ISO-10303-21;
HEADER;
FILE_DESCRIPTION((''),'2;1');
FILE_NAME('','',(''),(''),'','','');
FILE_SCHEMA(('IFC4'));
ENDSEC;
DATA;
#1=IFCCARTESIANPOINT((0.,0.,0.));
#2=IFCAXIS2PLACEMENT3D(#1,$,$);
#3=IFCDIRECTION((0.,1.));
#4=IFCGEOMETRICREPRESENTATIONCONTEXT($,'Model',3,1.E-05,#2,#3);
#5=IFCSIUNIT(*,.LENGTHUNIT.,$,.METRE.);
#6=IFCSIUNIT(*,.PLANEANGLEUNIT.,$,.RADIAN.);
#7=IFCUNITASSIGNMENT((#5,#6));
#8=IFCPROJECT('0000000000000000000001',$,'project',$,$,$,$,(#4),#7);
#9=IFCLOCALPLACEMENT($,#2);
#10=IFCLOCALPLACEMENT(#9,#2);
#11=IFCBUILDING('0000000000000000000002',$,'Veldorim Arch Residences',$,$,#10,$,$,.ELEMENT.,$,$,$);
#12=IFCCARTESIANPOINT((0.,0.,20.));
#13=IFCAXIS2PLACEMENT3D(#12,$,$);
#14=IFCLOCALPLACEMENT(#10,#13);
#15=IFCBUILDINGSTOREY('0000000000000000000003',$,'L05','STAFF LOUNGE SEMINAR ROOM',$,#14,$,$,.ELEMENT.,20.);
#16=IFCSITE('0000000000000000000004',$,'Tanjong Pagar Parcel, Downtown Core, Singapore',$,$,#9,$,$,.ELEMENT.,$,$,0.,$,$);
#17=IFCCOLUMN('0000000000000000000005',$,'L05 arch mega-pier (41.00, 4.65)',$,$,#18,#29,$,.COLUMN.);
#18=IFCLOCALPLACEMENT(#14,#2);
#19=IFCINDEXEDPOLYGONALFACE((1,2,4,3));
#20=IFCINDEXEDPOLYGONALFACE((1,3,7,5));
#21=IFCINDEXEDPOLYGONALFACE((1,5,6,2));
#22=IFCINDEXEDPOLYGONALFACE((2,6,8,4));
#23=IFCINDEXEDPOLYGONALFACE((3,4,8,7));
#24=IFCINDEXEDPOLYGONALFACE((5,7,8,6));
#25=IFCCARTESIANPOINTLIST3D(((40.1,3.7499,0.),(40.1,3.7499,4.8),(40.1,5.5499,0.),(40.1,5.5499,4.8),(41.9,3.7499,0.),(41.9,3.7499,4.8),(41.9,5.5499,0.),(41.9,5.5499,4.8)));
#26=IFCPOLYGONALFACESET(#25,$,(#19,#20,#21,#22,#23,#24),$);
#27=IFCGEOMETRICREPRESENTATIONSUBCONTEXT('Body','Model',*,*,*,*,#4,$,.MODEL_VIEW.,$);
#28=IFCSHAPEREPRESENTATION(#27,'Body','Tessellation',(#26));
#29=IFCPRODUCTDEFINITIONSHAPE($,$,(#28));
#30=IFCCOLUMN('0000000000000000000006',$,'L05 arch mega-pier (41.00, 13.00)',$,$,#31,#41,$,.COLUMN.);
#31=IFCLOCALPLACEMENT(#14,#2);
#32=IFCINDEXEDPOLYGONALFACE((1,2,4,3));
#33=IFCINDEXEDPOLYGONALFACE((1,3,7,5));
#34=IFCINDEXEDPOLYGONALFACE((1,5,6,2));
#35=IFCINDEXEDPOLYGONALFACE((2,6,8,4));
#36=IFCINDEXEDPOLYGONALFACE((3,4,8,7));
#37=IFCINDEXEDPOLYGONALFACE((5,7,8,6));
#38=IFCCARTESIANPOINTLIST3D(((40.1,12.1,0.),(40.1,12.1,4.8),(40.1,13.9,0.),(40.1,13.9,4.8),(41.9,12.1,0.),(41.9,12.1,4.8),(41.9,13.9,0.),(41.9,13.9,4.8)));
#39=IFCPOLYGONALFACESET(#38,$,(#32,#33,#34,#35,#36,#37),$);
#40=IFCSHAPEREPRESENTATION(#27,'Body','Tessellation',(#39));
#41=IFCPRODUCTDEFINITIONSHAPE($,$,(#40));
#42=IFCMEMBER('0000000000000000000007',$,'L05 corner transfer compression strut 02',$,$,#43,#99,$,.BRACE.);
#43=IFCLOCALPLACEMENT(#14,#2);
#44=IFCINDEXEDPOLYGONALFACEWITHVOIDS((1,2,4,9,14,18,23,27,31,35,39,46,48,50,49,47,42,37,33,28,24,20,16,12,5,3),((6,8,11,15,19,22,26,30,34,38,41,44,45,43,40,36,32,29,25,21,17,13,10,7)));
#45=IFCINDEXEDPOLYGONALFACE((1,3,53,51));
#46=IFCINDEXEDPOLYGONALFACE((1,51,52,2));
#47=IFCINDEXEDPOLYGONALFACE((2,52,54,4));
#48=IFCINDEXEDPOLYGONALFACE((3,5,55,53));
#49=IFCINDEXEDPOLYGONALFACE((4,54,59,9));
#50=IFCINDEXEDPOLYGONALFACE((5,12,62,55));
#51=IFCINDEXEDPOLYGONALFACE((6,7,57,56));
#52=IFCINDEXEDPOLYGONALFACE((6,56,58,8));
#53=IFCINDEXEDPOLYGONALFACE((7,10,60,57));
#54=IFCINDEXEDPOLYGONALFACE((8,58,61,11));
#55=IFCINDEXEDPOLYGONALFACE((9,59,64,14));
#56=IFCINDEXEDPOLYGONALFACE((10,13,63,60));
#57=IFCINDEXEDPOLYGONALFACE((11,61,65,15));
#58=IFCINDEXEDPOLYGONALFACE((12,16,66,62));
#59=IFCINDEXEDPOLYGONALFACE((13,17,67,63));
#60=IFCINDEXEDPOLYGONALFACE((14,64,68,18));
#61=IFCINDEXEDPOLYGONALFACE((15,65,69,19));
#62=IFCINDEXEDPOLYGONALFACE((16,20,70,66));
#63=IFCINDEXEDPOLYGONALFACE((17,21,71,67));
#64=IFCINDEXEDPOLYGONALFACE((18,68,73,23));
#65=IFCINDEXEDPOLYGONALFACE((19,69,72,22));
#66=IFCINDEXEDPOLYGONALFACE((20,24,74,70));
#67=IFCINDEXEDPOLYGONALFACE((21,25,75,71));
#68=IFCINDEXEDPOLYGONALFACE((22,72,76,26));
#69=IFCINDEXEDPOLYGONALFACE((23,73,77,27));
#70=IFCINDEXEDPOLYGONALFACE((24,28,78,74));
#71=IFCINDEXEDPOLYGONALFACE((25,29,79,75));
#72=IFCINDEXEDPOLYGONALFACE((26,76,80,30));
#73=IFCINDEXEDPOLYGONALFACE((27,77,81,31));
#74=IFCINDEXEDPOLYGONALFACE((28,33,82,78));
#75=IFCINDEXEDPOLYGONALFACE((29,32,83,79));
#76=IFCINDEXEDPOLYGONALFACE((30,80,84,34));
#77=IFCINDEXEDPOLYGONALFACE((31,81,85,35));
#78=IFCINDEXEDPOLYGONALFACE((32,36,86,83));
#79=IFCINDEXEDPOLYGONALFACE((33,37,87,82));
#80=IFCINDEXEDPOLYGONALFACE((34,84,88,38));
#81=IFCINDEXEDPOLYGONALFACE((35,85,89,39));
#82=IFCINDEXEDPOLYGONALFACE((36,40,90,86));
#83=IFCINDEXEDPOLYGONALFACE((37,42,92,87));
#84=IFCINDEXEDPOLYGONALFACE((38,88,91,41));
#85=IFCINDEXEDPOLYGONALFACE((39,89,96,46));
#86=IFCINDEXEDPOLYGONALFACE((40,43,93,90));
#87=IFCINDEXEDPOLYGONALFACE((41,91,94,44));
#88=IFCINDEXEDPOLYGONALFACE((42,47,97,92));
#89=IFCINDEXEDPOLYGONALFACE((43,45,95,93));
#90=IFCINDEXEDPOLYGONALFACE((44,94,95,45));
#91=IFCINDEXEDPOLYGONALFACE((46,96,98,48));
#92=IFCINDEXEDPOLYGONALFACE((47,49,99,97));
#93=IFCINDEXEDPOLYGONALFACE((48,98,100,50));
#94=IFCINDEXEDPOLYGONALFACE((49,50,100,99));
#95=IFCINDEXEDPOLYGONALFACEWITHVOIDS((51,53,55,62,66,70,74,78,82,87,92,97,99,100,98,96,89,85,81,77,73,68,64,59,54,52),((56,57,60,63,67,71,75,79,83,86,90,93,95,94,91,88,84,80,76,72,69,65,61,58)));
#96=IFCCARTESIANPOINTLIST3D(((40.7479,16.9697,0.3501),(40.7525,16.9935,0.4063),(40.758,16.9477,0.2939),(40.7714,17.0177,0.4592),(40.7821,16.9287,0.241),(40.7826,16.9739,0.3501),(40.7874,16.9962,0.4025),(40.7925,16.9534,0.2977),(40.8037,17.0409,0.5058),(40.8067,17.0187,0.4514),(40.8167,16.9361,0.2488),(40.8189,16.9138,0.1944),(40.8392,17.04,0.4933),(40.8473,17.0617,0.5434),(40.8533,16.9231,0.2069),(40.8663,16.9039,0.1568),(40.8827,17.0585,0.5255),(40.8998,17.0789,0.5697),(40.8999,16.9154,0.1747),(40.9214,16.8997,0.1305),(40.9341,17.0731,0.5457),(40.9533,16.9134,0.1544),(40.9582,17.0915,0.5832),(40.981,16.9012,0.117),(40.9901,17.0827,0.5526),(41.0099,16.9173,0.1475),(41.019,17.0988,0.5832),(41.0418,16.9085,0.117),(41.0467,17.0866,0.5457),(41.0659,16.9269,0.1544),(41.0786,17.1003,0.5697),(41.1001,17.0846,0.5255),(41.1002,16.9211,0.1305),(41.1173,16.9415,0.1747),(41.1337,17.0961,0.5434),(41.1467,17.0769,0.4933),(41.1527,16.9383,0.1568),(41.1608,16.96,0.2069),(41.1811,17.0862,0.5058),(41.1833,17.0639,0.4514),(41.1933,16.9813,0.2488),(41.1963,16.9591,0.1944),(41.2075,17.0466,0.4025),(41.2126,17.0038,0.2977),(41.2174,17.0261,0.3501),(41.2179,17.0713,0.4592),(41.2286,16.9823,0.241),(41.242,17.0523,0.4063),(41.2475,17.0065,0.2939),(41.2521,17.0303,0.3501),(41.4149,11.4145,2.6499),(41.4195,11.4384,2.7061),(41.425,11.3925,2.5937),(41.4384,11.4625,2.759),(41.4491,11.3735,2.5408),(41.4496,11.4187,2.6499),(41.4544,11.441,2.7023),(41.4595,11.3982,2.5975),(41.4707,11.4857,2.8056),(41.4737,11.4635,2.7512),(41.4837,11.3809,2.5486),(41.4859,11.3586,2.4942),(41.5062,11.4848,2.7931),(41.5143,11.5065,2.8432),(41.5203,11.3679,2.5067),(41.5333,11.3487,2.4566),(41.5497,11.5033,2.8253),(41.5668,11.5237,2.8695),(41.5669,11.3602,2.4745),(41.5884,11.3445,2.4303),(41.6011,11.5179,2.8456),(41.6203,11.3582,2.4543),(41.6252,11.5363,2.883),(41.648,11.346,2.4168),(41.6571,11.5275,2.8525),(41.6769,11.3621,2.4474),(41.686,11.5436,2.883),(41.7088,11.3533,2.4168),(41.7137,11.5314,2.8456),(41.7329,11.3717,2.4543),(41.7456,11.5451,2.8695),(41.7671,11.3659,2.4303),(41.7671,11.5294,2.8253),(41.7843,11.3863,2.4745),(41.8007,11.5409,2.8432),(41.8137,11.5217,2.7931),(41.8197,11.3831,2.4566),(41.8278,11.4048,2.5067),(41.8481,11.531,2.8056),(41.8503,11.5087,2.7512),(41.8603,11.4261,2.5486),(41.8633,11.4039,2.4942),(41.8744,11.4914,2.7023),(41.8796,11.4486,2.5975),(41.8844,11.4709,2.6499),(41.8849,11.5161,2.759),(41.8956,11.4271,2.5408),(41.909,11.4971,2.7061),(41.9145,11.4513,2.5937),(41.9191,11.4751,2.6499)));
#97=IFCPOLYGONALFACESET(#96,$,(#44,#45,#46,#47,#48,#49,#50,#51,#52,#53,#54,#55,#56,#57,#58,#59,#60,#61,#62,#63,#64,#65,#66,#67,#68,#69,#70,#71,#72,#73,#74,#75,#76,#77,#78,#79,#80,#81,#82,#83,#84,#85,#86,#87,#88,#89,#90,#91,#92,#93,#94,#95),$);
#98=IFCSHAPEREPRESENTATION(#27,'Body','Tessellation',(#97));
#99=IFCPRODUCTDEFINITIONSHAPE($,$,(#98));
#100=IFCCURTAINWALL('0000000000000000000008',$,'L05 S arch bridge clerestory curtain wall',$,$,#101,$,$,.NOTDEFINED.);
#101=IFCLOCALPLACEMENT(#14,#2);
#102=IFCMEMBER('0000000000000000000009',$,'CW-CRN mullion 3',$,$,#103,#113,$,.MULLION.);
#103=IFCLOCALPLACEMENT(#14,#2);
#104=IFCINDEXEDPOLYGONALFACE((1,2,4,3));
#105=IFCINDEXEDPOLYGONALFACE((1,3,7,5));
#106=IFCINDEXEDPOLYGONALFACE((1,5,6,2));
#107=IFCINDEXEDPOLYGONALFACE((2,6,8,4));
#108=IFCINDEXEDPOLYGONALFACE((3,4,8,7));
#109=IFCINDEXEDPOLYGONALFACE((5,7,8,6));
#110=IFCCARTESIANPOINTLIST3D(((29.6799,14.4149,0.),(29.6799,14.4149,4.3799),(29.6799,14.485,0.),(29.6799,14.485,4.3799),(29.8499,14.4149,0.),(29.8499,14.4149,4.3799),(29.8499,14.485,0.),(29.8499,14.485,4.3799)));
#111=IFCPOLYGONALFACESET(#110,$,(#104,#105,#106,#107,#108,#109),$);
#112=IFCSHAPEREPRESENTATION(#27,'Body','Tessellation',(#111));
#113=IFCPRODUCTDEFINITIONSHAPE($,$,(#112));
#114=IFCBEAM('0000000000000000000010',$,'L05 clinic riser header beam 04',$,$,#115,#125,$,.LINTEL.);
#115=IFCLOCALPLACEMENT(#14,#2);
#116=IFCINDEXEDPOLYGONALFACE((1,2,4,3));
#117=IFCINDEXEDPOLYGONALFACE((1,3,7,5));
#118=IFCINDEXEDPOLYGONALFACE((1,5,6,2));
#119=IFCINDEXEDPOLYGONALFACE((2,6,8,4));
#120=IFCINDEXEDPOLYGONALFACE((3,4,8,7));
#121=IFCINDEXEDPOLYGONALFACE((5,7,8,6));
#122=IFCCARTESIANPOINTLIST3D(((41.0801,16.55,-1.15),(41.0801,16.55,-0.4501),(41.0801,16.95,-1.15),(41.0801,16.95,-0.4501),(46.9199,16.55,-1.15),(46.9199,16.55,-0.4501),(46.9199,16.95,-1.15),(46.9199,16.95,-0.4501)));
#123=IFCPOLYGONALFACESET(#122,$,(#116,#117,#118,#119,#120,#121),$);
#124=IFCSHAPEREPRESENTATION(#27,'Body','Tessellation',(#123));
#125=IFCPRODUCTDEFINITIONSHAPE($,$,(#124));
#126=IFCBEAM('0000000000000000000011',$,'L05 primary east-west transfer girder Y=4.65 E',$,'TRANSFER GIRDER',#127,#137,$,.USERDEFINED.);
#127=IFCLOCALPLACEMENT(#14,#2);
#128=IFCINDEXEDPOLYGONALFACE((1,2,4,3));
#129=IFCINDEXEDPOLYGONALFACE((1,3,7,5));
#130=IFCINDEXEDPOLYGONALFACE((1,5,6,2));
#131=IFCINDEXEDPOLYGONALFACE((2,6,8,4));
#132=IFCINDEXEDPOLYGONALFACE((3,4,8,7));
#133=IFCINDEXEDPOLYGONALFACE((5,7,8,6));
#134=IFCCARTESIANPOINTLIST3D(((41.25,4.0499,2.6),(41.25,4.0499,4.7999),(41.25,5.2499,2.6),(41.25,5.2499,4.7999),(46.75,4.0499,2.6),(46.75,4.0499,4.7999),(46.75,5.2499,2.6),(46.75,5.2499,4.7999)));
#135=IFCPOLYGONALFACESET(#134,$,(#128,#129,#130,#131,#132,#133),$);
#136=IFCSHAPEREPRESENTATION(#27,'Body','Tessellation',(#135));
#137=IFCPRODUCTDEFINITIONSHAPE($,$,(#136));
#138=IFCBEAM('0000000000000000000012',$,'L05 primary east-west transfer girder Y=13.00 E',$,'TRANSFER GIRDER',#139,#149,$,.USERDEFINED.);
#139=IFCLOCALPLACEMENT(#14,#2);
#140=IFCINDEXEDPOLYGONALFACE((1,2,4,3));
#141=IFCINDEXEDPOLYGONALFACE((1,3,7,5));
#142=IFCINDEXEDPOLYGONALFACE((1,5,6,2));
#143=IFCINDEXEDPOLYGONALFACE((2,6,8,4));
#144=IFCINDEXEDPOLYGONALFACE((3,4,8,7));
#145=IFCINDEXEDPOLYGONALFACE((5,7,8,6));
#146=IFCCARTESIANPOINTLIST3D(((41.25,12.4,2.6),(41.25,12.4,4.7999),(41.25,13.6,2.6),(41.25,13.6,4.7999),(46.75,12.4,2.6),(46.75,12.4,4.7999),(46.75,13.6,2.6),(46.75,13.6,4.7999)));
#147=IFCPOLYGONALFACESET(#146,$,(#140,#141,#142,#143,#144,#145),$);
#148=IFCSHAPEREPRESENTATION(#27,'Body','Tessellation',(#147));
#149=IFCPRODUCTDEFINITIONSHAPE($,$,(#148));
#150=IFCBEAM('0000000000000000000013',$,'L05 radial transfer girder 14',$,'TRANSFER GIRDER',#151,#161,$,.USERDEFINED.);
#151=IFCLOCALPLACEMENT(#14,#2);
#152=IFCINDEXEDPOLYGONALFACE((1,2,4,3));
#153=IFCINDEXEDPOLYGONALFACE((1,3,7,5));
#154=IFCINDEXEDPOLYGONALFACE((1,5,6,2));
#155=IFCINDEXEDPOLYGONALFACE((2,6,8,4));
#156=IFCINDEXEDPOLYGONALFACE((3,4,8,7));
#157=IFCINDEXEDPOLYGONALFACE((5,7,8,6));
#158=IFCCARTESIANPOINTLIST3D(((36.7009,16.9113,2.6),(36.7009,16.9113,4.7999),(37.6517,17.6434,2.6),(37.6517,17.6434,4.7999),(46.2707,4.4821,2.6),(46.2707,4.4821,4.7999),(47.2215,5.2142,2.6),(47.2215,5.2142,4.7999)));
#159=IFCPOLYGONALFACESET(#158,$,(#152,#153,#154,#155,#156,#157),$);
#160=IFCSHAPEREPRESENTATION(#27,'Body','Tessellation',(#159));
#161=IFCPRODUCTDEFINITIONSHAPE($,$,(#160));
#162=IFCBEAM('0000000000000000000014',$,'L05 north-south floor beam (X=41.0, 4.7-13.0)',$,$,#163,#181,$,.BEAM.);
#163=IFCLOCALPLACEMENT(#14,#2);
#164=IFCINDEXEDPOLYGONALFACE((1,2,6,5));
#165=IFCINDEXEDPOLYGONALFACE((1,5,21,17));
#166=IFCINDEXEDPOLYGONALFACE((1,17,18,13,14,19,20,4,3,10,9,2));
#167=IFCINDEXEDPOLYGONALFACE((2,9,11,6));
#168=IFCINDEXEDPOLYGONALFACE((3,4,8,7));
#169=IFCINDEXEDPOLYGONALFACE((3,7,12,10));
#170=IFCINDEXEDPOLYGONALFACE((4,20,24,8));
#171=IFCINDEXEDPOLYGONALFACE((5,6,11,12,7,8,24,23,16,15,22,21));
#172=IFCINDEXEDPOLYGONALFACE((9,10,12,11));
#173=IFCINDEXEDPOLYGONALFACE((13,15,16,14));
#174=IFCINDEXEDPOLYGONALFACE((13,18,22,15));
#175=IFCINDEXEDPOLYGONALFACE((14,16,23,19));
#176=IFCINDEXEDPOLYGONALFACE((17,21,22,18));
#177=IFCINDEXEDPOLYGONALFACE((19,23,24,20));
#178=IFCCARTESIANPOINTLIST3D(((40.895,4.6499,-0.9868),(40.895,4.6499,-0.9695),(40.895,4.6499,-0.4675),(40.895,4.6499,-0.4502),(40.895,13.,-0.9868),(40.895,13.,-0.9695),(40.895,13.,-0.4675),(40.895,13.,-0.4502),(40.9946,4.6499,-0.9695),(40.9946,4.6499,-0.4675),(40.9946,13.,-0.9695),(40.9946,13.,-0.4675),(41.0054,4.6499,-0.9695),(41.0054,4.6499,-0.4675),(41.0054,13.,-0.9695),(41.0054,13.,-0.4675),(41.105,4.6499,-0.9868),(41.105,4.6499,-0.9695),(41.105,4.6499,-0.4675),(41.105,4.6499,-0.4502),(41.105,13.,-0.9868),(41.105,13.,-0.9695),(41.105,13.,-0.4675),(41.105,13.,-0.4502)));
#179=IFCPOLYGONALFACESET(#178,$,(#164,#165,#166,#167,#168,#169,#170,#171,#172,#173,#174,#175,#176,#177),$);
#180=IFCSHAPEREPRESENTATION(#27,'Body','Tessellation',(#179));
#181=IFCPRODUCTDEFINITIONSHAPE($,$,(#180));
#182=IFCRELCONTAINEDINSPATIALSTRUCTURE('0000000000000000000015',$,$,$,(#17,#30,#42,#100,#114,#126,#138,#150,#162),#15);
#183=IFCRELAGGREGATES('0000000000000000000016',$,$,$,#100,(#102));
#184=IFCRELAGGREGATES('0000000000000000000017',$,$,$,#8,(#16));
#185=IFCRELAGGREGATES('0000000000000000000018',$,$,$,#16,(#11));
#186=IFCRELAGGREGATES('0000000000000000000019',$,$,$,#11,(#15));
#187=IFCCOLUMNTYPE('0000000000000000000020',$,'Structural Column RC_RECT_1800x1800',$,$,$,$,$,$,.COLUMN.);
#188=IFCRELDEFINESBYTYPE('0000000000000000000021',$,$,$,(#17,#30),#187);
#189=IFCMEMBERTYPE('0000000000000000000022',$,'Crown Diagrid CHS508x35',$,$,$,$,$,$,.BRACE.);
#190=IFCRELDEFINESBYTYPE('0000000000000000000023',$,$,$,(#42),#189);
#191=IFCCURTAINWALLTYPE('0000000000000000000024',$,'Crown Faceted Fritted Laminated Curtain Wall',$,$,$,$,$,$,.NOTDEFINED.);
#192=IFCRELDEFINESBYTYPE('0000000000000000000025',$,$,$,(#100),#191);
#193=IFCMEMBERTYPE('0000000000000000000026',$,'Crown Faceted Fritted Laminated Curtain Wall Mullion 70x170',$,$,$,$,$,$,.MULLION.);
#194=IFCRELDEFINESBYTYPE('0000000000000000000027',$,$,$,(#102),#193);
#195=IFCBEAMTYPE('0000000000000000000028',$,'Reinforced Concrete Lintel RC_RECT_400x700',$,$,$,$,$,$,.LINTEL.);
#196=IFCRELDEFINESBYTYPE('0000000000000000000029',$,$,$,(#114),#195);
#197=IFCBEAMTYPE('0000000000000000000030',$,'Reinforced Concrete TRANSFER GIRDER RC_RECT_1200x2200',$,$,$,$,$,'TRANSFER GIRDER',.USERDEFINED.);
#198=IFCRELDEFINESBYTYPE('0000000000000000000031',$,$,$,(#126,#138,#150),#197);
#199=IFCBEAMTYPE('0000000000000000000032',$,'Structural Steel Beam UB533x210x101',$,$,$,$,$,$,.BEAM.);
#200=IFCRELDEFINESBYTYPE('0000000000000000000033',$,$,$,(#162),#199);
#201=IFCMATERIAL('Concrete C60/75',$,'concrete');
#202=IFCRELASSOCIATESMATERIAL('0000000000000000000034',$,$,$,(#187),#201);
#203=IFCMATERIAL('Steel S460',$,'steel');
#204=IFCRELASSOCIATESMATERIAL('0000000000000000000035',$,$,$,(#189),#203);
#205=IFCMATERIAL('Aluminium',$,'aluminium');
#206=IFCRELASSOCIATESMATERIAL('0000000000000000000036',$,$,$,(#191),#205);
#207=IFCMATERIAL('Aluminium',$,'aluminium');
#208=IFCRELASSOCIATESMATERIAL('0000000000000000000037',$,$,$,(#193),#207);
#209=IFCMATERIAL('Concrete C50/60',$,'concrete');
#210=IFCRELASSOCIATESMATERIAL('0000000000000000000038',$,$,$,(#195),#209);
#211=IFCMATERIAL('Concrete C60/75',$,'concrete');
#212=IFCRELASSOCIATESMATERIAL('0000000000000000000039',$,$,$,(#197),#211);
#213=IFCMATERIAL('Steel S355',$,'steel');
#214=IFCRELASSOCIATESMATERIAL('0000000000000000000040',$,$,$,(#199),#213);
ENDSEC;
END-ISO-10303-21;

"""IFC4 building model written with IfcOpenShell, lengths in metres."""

from ifc_helpers import new_model, si_unit, direction, frame, origin, origin_2d, place, context, subcontext, project, spatial, rectangle, hollow_circle, i_section, extrude, material, material_profile, profile_set, type_object, element, aggregate, save


model = new_model("IFC4")

# Units and contexts
model_context = context("Model", 3, precision=1e-05, world=origin(), true_north=direction((0.0, 1.0)))
body_context = subcontext(model_context, "Body", "Model", "MODEL_VIEW")
ifc_project = project(units=[si_unit("LENGTHUNIT", "METRE"), si_unit("PLANEANGLEUNIT", "RADIAN")], contexts=[model_context])

# Site, building, storey
site_placement = place(None, origin())
site = spatial("IfcSite", under=ifc_project, at=site_placement, Name="Tanjong Pagar Parcel, Downtown Core, Singapore", CompositionType="ELEMENT", RefElevation=0.0)
building_placement = place(site_placement, origin())
building = spatial("IfcBuilding", under=site, at=building_placement, Name="Veldorim Arch Residences", CompositionType="ELEMENT")
storey_placement = place(building_placement, frame((0.0, 0.0, 20.0)))
storey = spatial("IfcBuildingStorey", under=building, at=storey_placement, Name="L05", Description="STAFF LOUNGE SEMINAR ROOM", CompositionType="ELEMENT", Elevation=20.0)

# Columns
ifc_material_1 = material(Name="Concrete C60/75", Category="concrete")
ifc_material_profile_1 = material_profile(ifc_material_1, rectangle(XDim=1.8, YDim=1.8, at=origin_2d()), Name="RC_RECT_1800x1800")
ifc_profile_set_1 = profile_set([ifc_material_profile_1], Name="Concrete C60/75")
column_type = type_object("IfcColumnType", Name="Structural Column RC_RECT_1800x1800", PredefinedType="COLUMN", material=ifc_profile_set_1)
for number, where, z_axis, x_axis, name in (
    (1, (41.0, 4.6499, 0.0), (0.0, 0.0, 1.0), (1.0, 0.0, 0.0), "L05 arch mega-pier (41.00, 4.65)"),
    (2, (41.0, 13.0, 0.0), (0.0, 0.0, 1.0), (1.0, 0.0, 0.0), "L05 arch mega-pier (41.00, 13.00)"),
):
    element("IfcColumn", number, at=place(storey_placement, frame(where, z_axis=z_axis, x_axis=x_axis)), inside=storey, type_object=column_type, Name=name, PredefinedType="COLUMN", context=body_context, shape_type="SweptSolid", body=[
        extrude(rectangle(XDim=1.8, YDim=1.8, at=origin_2d()), origin(), (0.0, 0.0, 1.0), 4.8),
    ])

# Member
ifc_material_2 = material(Name="Steel S460", Category="steel")
ifc_material_profile_2 = material_profile(ifc_material_2, hollow_circle(Radius=0.2539, WallThickness=0.0349, at=origin_2d()), Name="CHS508x35")
ifc_profile_set_2 = profile_set([ifc_material_profile_2], Name="Steel S460")
member_type_1 = type_object("IfcMemberType", Name="Crown Diagrid CHS508x35", PredefinedType="BRACE", material=ifc_profile_set_2)
member_1_placement = place(storey_placement, frame((41.0, 17.0, 0.3501), z_axis=(0.11026, -0.918318, 0.380177), x_axis=(0.992869, 0.119211, 0.0)))
element("IfcMember", 3, at=member_1_placement, inside=storey, type_object=member_type_1, Name="L05 corner transfer compression strut 02", PredefinedType="BRACE", context=body_context, shape_type="SweptSolid", body=[
    extrude(hollow_circle(Radius=0.2539, WallThickness=0.0349, at=origin_2d()), origin(), (0.0, 0.0, 1.0), 6.0493),
])

# Curtain wall, member
ifc_material_3 = material(Name="Aluminium", Category="aluminium")
curtain_wall_type = type_object("IfcCurtainWallType", Name="Crown Faceted Fritted Laminated Curtain Wall", PredefinedType="NOTDEFINED", material=ifc_material_3)
curtain_wall_placement = place(storey_placement, origin())
curtain_wall = element("IfcCurtainWall", 4, at=curtain_wall_placement, inside=storey, type_object=curtain_wall_type, Name="L05 S arch bridge clerestory curtain wall", PredefinedType="NOTDEFINED")
ifc_material_4 = material(Name="Aluminium", Category="aluminium")
ifc_material_profile_3 = material_profile(ifc_material_4, rectangle(XDim=0.0701, YDim=0.1699, at=origin_2d()), Name="ALU_MUL_70x170")
ifc_profile_set_3 = profile_set([ifc_material_profile_3], Name="Aluminium")
member_type_2 = type_object("IfcMemberType", Name="Crown Faceted Fritted Laminated Curtain Wall Mullion 70x170", PredefinedType="MULLION", material=ifc_profile_set_3)
member_2_placement = place(storey_placement, frame((29.7649, 14.45, 0.0), z_axis=(0.0, 0.0, 1.0), x_axis=(0.0, 1.0, 0.0)))
member_2 = element("IfcMember", 5, at=member_2_placement, type_object=member_type_2, Name="CW-CRN mullion 3", PredefinedType="MULLION", context=body_context, shape_type="SweptSolid", body=[
    extrude(rectangle(XDim=0.0701, YDim=0.1699, at=origin_2d()), origin(), (0.0, 0.0, 1.0), 4.3799),
])
aggregate(curtain_wall, [member_2])

# Beams
ifc_material_5 = material(Name="Concrete C50/60", Category="concrete")
ifc_material_profile_4 = material_profile(ifc_material_5, rectangle(XDim=0.3999, YDim=0.7, at=origin_2d()), Name="RC_RECT_400x700")
ifc_profile_set_4 = profile_set([ifc_material_profile_4], Name="Concrete C50/60")
beam_type_1 = type_object("IfcBeamType", Name="Reinforced Concrete Lintel RC_RECT_400x700", PredefinedType="LINTEL", material=ifc_profile_set_4)
beam_1_placement = place(storey_placement, frame((41.0801, 16.75, -0.8), z_axis=(1.0, 0.0, 0.0), x_axis=(0.0, 1.0, 0.0)))
element("IfcBeam", 6, at=beam_1_placement, inside=storey, type_object=beam_type_1, Name="L05 clinic riser header beam 04", PredefinedType="LINTEL", context=body_context, shape_type="SweptSolid", body=[
    extrude(rectangle(XDim=0.3999, YDim=0.7, at=origin_2d()), origin(), (0.0, 0.0, 1.0), 5.8398),
])
ifc_material_6 = material(Name="Concrete C60/75", Category="concrete")
ifc_material_profile_5 = material_profile(ifc_material_6, rectangle(XDim=1.2, YDim=2.2, at=origin_2d()), Name="RC_RECT_1200x2200")
ifc_profile_set_5 = profile_set([ifc_material_profile_5], Name="Concrete C60/75")
beam_type_2 = type_object("IfcBeamType", Name="Reinforced Concrete TRANSFER GIRDER RC_RECT_1200x2200", ElementType="TRANSFER GIRDER", PredefinedType="USERDEFINED", material=ifc_profile_set_5)
for number, where, z_axis, x_axis, name in (
    (7, (41.25, 4.6499, 3.7), (1.0, 0.0, 0.0), (0.0, 1.0, 0.0), "L05 primary east-west transfer girder Y=4.65 E"),
    (8, (41.25, 13.0, 3.7), (1.0, 0.0, 0.0), (0.0, 1.0, 0.0), "L05 primary east-west transfer girder Y=13.00 E"),
):
    element("IfcBeam", number, at=place(storey_placement, frame(where, z_axis=z_axis, x_axis=x_axis)), inside=storey, type_object=beam_type_2, Name=name, ObjectType="TRANSFER GIRDER", PredefinedType="USERDEFINED", context=body_context, shape_type="SweptSolid", body=[
        extrude(rectangle(XDim=1.2, YDim=2.2, at=origin_2d()), origin(), (0.0, 0.0, 1.0), 5.5),
    ])
beam_2_placement = place(storey_placement, frame((37.1763, 17.2773, 3.7), z_axis=(0.610067, -0.79235, 0.0), x_axis=(0.79235, 0.610067, 0.0)))
element("IfcBeam", 9, at=beam_2_placement, inside=storey, type_object=beam_type_2, Name="L05 radial transfer girder 14", ObjectType="TRANSFER GIRDER", PredefinedType="USERDEFINED", context=body_context, shape_type="SweptSolid", body=[
    extrude(rectangle(XDim=1.2, YDim=2.2, at=origin_2d()), origin(), (0.0, 0.0, 1.0), 15.6865),
])
ifc_material_7 = material(Name="Steel S355", Category="steel")
ifc_material_profile_6 = material_profile(ifc_material_7, i_section(OverallWidth=0.21, OverallDepth=0.5366, WebThickness=0.0107, FlangeThickness=0.0173, at=origin_2d()), Name="UB533x210x101")
ifc_profile_set_6 = profile_set([ifc_material_profile_6], Name="Steel S355")
beam_type_3 = type_object("IfcBeamType", Name="Structural Steel Beam UB533x210x101", PredefinedType="BEAM", material=ifc_profile_set_6)
beam_3_placement = place(storey_placement, frame((41.0, 4.6499, -0.7185), z_axis=(0.0, 1.0, 0.0), x_axis=(-1.0, 0.0, 0.0)))
element("IfcBeam", 10, at=beam_3_placement, inside=storey, type_object=beam_type_3, Name="L05 north-south floor beam (X=41.0, 4.7-13.0)", PredefinedType="BEAM", context=body_context, shape_type="SweptSolid", body=[
    extrude(i_section(OverallWidth=0.21, OverallDepth=0.5366, WebThickness=0.0107, FlangeThickness=0.0173, at=origin_2d()), origin(), (0.0, 0.0, 1.0), 8.3501),
])

save(model, "model.ifc")
